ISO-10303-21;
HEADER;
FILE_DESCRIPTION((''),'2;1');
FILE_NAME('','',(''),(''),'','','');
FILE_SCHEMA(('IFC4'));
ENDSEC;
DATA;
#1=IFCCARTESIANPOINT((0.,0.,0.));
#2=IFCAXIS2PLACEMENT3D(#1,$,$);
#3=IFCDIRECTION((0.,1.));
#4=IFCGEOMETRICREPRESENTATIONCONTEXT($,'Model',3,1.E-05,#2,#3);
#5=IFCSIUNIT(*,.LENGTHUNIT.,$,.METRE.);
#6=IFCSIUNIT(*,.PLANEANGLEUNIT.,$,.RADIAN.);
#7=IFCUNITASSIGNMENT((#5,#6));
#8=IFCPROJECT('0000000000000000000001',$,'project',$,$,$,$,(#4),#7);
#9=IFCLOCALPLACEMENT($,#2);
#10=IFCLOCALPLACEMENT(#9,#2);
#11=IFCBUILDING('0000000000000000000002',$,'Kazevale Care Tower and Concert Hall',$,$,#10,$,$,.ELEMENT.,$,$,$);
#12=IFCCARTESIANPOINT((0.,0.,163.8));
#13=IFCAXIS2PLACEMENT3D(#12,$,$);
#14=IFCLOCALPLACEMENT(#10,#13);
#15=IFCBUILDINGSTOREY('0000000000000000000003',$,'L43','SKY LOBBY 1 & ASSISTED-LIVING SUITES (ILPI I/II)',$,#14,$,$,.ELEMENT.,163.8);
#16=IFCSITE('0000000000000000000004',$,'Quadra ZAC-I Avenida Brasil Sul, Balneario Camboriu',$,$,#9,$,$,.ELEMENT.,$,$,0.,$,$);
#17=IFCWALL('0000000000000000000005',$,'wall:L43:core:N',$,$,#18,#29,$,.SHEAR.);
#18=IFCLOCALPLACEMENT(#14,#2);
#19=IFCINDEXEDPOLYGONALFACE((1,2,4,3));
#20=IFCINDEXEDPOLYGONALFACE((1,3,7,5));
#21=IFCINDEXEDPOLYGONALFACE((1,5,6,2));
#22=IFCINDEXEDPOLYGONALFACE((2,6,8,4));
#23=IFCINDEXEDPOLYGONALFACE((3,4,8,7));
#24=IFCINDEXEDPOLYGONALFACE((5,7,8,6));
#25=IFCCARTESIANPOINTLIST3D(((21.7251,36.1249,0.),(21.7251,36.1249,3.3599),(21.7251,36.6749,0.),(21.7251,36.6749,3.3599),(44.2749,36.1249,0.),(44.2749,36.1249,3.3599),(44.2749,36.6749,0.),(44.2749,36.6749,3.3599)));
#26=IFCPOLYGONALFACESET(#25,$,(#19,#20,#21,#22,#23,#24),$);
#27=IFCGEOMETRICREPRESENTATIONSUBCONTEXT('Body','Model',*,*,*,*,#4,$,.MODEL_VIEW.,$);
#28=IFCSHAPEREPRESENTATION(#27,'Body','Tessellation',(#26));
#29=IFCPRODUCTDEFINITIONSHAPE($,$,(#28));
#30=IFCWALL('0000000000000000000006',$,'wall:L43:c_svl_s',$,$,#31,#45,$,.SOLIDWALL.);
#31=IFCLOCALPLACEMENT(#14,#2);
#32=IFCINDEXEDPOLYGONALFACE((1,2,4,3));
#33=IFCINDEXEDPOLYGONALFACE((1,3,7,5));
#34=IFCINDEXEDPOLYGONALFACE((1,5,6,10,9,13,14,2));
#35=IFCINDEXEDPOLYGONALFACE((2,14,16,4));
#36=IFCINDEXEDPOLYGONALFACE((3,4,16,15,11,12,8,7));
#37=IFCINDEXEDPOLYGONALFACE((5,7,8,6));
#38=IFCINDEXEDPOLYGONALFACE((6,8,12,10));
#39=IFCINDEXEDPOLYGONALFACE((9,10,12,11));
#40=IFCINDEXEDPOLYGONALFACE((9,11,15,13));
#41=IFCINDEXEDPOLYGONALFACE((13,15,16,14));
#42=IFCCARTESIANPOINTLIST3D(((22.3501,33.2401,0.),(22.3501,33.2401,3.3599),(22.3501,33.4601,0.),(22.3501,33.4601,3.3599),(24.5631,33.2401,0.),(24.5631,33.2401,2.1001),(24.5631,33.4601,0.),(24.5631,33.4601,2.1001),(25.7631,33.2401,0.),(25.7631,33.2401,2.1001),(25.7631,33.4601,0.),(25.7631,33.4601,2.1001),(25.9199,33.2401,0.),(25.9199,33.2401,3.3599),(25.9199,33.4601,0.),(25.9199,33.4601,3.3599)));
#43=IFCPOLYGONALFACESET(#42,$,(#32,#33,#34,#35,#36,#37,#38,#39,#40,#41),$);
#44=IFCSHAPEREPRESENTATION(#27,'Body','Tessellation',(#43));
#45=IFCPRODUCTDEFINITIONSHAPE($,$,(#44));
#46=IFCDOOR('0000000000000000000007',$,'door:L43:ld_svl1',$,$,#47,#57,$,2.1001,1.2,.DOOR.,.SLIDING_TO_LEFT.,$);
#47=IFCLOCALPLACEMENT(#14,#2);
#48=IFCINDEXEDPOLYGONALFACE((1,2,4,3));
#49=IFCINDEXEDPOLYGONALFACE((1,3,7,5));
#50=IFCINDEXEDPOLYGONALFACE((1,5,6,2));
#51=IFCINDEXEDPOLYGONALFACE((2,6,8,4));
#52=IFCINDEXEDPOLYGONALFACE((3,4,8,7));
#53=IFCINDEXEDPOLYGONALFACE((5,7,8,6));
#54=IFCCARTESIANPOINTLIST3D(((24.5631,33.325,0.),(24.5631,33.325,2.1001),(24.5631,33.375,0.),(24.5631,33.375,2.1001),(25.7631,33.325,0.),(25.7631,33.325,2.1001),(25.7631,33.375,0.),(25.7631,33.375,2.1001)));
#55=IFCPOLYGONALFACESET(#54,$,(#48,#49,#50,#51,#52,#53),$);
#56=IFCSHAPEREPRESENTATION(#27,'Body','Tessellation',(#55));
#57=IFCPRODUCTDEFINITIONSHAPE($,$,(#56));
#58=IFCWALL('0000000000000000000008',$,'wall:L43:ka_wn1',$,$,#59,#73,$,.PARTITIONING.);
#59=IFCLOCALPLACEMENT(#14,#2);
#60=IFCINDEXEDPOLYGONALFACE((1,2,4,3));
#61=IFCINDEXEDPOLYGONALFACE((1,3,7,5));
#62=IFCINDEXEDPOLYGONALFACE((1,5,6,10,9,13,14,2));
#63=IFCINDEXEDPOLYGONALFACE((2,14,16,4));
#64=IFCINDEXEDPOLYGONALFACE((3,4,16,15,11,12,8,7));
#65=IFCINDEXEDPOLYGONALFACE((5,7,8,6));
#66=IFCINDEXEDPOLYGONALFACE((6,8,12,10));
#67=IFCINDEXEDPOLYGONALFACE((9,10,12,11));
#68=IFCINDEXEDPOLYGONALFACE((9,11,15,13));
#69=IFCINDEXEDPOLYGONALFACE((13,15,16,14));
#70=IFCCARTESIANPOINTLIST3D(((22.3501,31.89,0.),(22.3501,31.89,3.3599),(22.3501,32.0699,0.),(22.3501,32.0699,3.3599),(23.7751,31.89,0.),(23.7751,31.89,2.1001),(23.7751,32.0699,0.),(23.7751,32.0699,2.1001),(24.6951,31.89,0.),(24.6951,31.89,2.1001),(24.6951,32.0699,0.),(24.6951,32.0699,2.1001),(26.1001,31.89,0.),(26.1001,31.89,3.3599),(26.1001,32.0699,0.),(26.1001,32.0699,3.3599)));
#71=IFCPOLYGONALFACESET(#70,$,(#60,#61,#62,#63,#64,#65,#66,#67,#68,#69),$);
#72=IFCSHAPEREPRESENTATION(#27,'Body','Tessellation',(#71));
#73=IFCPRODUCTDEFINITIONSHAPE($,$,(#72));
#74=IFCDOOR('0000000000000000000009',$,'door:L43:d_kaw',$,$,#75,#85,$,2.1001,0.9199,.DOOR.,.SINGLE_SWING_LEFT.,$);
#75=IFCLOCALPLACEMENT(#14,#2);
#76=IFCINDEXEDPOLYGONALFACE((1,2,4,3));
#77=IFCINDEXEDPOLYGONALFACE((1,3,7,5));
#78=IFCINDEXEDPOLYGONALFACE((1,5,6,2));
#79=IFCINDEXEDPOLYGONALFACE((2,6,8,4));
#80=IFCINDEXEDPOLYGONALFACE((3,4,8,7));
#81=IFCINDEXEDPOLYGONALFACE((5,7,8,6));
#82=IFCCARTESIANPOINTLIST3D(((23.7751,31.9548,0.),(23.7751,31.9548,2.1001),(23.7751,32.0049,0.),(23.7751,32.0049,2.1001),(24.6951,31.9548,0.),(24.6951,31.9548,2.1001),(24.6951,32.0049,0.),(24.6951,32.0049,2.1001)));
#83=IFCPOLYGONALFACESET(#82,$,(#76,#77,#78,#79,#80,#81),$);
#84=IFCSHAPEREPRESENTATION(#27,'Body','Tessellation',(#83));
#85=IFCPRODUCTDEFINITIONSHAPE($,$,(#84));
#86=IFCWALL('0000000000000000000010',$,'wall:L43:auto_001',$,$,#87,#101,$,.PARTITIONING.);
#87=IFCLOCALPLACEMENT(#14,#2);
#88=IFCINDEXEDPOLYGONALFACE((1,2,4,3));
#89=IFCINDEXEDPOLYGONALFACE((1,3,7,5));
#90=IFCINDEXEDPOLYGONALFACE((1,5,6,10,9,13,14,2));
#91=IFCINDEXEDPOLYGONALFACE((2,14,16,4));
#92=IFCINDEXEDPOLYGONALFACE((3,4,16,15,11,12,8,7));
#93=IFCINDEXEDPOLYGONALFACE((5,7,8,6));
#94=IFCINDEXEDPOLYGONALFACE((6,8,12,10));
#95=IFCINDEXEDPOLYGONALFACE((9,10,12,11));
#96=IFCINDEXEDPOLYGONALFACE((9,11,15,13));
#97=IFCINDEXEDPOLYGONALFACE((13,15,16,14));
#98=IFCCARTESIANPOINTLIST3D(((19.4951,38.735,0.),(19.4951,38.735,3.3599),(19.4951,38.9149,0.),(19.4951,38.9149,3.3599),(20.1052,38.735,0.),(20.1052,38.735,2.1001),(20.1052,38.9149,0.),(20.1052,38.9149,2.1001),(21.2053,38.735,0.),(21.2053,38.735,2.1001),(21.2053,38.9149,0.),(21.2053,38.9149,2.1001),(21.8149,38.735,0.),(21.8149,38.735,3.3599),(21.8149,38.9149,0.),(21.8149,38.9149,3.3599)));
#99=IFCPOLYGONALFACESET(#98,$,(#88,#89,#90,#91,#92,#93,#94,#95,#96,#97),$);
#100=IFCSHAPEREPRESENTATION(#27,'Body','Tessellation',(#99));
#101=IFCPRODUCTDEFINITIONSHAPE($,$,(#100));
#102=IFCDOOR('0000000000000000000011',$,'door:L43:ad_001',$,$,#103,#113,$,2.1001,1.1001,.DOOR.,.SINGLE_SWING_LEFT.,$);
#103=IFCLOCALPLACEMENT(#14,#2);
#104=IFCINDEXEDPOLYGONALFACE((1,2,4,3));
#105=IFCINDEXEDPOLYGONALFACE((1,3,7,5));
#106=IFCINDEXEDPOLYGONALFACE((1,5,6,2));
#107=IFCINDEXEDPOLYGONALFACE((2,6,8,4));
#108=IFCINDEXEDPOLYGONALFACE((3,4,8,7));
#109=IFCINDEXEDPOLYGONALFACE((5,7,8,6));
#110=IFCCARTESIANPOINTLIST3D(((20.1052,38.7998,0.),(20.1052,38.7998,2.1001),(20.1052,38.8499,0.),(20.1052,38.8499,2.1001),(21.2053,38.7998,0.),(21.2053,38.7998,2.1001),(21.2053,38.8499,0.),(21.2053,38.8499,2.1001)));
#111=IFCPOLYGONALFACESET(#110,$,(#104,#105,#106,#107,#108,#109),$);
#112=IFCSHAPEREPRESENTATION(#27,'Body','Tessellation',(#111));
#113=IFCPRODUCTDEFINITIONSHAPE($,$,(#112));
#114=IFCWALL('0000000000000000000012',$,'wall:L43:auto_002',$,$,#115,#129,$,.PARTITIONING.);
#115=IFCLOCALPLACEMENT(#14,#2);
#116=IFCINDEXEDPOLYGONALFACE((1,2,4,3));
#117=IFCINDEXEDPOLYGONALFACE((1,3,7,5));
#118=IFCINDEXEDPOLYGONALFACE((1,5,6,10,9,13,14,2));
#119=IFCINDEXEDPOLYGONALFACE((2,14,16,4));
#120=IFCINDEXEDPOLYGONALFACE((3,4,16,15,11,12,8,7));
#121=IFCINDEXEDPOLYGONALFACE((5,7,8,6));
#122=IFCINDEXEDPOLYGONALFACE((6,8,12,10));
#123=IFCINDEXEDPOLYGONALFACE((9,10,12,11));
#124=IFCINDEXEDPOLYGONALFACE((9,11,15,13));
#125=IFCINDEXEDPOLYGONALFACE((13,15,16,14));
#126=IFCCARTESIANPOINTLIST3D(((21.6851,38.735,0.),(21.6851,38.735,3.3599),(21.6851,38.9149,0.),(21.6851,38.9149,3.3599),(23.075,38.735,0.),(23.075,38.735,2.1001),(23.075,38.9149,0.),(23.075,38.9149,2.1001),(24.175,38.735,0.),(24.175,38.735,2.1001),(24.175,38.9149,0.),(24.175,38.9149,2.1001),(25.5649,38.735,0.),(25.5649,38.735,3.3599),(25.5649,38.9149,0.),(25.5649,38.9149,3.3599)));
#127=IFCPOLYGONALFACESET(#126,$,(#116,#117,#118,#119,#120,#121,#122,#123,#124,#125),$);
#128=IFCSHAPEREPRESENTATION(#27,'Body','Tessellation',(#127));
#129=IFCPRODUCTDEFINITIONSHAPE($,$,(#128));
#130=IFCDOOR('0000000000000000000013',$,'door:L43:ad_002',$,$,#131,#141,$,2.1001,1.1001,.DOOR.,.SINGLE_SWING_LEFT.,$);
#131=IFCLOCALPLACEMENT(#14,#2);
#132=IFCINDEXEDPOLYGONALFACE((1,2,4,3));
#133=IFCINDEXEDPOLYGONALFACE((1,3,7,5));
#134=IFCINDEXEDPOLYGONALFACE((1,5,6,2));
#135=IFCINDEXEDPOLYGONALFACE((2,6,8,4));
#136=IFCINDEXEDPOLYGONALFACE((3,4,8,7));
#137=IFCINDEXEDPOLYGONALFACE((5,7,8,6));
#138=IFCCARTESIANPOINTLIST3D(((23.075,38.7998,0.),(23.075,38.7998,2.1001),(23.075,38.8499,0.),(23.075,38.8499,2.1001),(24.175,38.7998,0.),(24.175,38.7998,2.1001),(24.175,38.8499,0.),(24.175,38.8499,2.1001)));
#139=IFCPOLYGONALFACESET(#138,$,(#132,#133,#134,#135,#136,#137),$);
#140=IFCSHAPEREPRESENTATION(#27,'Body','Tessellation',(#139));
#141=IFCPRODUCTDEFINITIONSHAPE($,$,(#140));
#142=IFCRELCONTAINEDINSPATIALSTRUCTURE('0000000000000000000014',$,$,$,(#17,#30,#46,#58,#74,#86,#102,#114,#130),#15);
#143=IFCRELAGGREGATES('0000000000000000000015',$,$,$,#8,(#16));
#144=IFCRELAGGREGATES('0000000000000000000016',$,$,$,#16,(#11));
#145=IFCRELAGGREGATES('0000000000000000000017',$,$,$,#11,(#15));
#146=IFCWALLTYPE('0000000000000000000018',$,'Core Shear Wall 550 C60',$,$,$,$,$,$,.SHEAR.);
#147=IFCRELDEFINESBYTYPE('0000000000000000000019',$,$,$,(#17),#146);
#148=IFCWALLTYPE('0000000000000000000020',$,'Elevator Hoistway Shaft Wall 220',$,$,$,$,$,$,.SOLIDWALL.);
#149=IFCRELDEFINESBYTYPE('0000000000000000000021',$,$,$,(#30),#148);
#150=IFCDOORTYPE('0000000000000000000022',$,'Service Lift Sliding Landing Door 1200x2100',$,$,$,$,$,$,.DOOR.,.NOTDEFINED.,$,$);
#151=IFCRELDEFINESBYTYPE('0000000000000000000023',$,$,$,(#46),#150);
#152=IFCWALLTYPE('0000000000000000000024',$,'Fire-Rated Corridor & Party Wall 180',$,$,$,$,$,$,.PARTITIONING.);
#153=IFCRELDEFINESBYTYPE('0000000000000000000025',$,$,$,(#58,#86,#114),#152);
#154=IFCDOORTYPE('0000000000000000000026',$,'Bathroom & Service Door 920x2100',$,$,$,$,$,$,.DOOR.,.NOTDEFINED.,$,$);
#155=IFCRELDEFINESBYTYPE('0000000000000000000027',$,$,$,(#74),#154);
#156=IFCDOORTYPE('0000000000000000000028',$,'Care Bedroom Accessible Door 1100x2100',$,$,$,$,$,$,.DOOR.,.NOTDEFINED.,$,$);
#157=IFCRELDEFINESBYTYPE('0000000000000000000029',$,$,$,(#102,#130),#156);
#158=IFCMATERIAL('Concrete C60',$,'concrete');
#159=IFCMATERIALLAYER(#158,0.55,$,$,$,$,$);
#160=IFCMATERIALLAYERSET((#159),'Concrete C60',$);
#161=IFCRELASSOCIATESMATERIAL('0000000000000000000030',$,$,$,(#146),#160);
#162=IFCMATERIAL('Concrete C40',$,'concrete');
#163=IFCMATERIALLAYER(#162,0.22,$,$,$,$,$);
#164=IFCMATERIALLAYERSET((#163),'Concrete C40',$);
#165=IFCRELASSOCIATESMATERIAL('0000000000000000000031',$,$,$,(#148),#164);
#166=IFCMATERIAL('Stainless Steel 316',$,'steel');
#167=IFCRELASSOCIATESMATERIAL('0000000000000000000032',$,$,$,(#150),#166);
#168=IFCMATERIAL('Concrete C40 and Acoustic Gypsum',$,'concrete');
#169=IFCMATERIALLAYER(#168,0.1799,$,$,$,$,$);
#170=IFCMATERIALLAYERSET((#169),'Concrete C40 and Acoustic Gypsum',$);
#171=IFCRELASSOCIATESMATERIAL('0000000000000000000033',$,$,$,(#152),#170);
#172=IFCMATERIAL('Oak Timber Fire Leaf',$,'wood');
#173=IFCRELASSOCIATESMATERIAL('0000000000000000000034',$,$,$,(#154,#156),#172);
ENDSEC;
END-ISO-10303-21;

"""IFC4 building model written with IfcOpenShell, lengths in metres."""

from ifc_helpers import new_model, si_unit, direction, frame, frame_2d, origin, place, context, subcontext, project, spatial, rectangle, extrude, material, layer, layer_set, type_object, element, fill, save


model = new_model("IFC4")

# Units and contexts
model_context = context("Model", 3, precision=1e-05, world=origin(), true_north=direction((0.0, 1.0)))
body_context = subcontext(model_context, "Body", "Model", "MODEL_VIEW")
ifc_project = project(units=[si_unit("LENGTHUNIT", "METRE"), si_unit("PLANEANGLEUNIT", "RADIAN")], contexts=[model_context])

# Site, building, storey
site_placement = place(None, origin())
site = spatial("IfcSite", under=ifc_project, at=site_placement, Name="Quadra ZAC-I Avenida Brasil Sul, Balneario Camboriu", CompositionType="ELEMENT", RefElevation=0.0)
building_placement = place(site_placement, origin())
building = spatial("IfcBuilding", under=site, at=building_placement, Name="Kazevale Care Tower and Concert Hall", CompositionType="ELEMENT")
storey_placement = place(building_placement, frame((0.0, 0.0, 163.8)))
storey = spatial("IfcBuildingStorey", under=building, at=storey_placement, Name="L43", Description="SKY LOBBY 1 & ASSISTED-LIVING SUITES (ILPI I/II)", CompositionType="ELEMENT", Elevation=163.8)

# Shared definitions
ifc_material_1 = material(Name="Concrete C60", Category="concrete")

# Wall
ifc_layer_1 = layer(ifc_material_1, 0.55)
ifc_layer_set_1 = layer_set([ifc_layer_1], Name="Concrete C60")
wall_type_1 = type_object("IfcWallType", Name="Core Shear Wall 550 C60", PredefinedType="SHEAR", material=ifc_layer_set_1)
wall_1_placement = place(storey_placement, frame((21.7251, 36.3999, 0.0), z_axis=(0.0, 0.0, 1.0), x_axis=(1.0, 0.0, 0.0)))
element("IfcWall", 1, at=wall_1_placement, inside=storey, type_object=wall_type_1, Name="wall:L43:core:N", PredefinedType="SHEAR", context=body_context, shape_type="SweptSolid", body=[
    extrude(rectangle(XDim=22.5498, YDim=0.55, at=frame_2d((11.2749, 0.0))), origin(), (0.0, 0.0, 1.0), 3.3599),
])

# Walls, openings, doors
ifc_material_2 = material(Name="Concrete C40", Category="concrete")
ifc_layer_2 = layer(ifc_material_2, 0.22)
ifc_layer_set_2 = layer_set([ifc_layer_2], Name="Concrete C40")
wall_type_2 = type_object("IfcWallType", Name="Elevator Hoistway Shaft Wall 220", PredefinedType="SOLIDWALL", material=ifc_layer_set_2)
wall_2_placement = place(storey_placement, frame((22.3501, 33.3501, 0.0), z_axis=(0.0, 0.0, 1.0), x_axis=(1.0, 0.0, 0.0)))
wall_2 = element("IfcWall", 2, at=wall_2_placement, inside=storey, type_object=wall_type_2, Name="wall:L43:c_svl_s", PredefinedType="SOLIDWALL", context=body_context, shape_type="SweptSolid", body=[
    extrude(rectangle(XDim=3.5698, YDim=0.22, at=frame_2d((1.7849, 0.0))), origin(), (0.0, 0.0, 1.0), 3.3599),
])
opening_1_placement = place(wall_2_placement, frame((2.2129, 0.0, 0.0)))
opening_1 = element("IfcOpeningElement", 3, at=opening_1_placement, cuts=wall_2, PredefinedType="OPENING", context=body_context, shape_type="SweptSolid", body=[
    extrude(rectangle(XDim=1.2, YDim=2.1001, at=frame_2d((0.6001, 1.05))), frame((0.0, 0.1199, 0.0), z_axis=(0.0, -1.0, 0.0), x_axis=(1.0, 0.0, 0.0)), (0.0, 0.0, 1.0), 0.24),
])
ifc_material_3 = material(Name="Stainless Steel 316", Category="steel")
door_type_1 = type_object("IfcDoorType", Name="Service Lift Sliding Landing Door 1200x2100", OperationType="NOTDEFINED", PredefinedType="DOOR", material=ifc_material_3)
door_1_placement = place(opening_1_placement, origin())
door_1 = element("IfcDoor", 4, at=door_1_placement, inside=storey, type_object=door_type_1, Name="door:L43:ld_svl1", OperationType="SLIDING_TO_LEFT", OverallHeight=2.1001, OverallWidth=1.2, PredefinedType="DOOR", context=body_context, shape_type="SweptSolid", body=[
    extrude(rectangle(XDim=1.2, YDim=2.1001, at=frame_2d((0.6001, 1.05))), frame((0.0, 0.0249, 0.0), z_axis=(0.0, -1.0, 0.0), x_axis=(1.0, 0.0, 0.0)), (0.0, 0.0, 1.0), 0.05),
])
fill(opening_1, door_1)
ifc_material_4 = material(Name="Concrete C40 and Acoustic Gypsum", Category="concrete")
ifc_layer_3 = layer(ifc_material_4, 0.1799)
ifc_layer_set_3 = layer_set([ifc_layer_3], Name="Concrete C40 and Acoustic Gypsum")
wall_type_3 = type_object("IfcWallType", Name="Fire-Rated Corridor & Party Wall 180", PredefinedType="PARTITIONING", material=ifc_layer_set_3)
wall_3_placement = place(storey_placement, frame((22.3501, 31.98, 0.0), z_axis=(0.0, 0.0, 1.0), x_axis=(1.0, 0.0, 0.0)))
wall_3 = element("IfcWall", 5, at=wall_3_placement, inside=storey, type_object=wall_type_3, Name="wall:L43:ka_wn1", PredefinedType="PARTITIONING", context=body_context, shape_type="SweptSolid", body=[
    extrude(rectangle(XDim=3.75, YDim=0.1799, at=frame_2d((1.875, 0.0))), origin(), (0.0, 0.0, 1.0), 3.3599),
])
opening_2_placement = place(wall_3_placement, frame((1.425, 0.0, 0.0)))
opening_2 = element("IfcOpeningElement", 6, at=opening_2_placement, cuts=wall_3, PredefinedType="OPENING", context=body_context, shape_type="SweptSolid", body=[
    extrude(rectangle(XDim=0.9199, YDim=2.1001, at=frame_2d((0.46, 1.05))), frame((0.0, 0.0999, 0.0), z_axis=(0.0, -1.0, 0.0), x_axis=(1.0, 0.0, 0.0)), (0.0, 0.0, 1.0), 0.2),
])
ifc_material_5 = material(Name="Oak Timber Fire Leaf", Category="wood")
door_type_2 = type_object("IfcDoorType", Name="Bathroom & Service Door 920x2100", OperationType="NOTDEFINED", PredefinedType="DOOR", material=ifc_material_5)
door_2_placement = place(opening_2_placement, origin())
door_2 = element("IfcDoor", 7, at=door_2_placement, inside=storey, type_object=door_type_2, Name="door:L43:d_kaw", OperationType="SINGLE_SWING_LEFT", OverallHeight=2.1001, OverallWidth=0.9199, PredefinedType="DOOR", context=body_context, shape_type="SweptSolid", body=[
    extrude(rectangle(XDim=0.9199, YDim=2.1001, at=frame_2d((0.46, 1.05))), frame((0.0, 0.0249, 0.0), z_axis=(0.0, -1.0, 0.0), x_axis=(1.0, 0.0, 0.0)), (0.0, 0.0, 1.0), 0.05),
])
fill(opening_2, door_2)
wall_4_placement = place(storey_placement, frame((19.4951, 38.825, 0.0), z_axis=(0.0, 0.0, 1.0), x_axis=(1.0, 0.0, 0.0)))
wall_4 = element("IfcWall", 8, at=wall_4_placement, inside=storey, type_object=wall_type_3, Name="wall:L43:auto_001", PredefinedType="PARTITIONING", context=body_context, shape_type="SweptSolid", body=[
    extrude(rectangle(XDim=2.3198, YDim=0.1799, at=frame_2d((1.1599, 0.0))), origin(), (0.0, 0.0, 1.0), 3.3599),
])
opening_3_placement = place(wall_4_placement, frame((0.6101, 0.0, 0.0)))
opening_3 = element("IfcOpeningElement", 9, at=opening_3_placement, cuts=wall_4, PredefinedType="OPENING", context=body_context, shape_type="SweptSolid", body=[
    extrude(rectangle(XDim=1.1001, YDim=2.1001, at=frame_2d((0.55, 1.05))), frame((0.0, 0.0999, 0.0), z_axis=(0.0, -1.0, 0.0), x_axis=(1.0, 0.0, 0.0)), (0.0, 0.0, 1.0), 0.2),
])
door_type_3 = type_object("IfcDoorType", Name="Care Bedroom Accessible Door 1100x2100", OperationType="NOTDEFINED", PredefinedType="DOOR", material=ifc_material_5)
door_3_placement = place(opening_3_placement, origin())
door_3 = element("IfcDoor", 10, at=door_3_placement, inside=storey, type_object=door_type_3, Name="door:L43:ad_001", OperationType="SINGLE_SWING_LEFT", OverallHeight=2.1001, OverallWidth=1.1001, PredefinedType="DOOR", context=body_context, shape_type="SweptSolid", body=[
    extrude(rectangle(XDim=1.1001, YDim=2.1001, at=frame_2d((0.55, 1.05))), frame((0.0, 0.0249, 0.0), z_axis=(0.0, -1.0, 0.0), x_axis=(1.0, 0.0, 0.0)), (0.0, 0.0, 1.0), 0.05),
])
fill(opening_3, door_3)
wall_5_placement = place(storey_placement, frame((21.6851, 38.825, 0.0), z_axis=(0.0, 0.0, 1.0), x_axis=(1.0, 0.0, 0.0)))
wall_5 = element("IfcWall", 11, at=wall_5_placement, inside=storey, type_object=wall_type_3, Name="wall:L43:auto_002", PredefinedType="PARTITIONING", context=body_context, shape_type="SweptSolid", body=[
    extrude(rectangle(XDim=3.8799, YDim=0.1799, at=frame_2d((1.9399, 0.0))), origin(), (0.0, 0.0, 1.0), 3.3599),
])
opening_4_placement = place(wall_5_placement, frame((1.3899, 0.0, 0.0)))
opening_4 = element("IfcOpeningElement", 12, at=opening_4_placement, cuts=wall_5, PredefinedType="OPENING", context=body_context, shape_type="SweptSolid", body=[
    extrude(rectangle(XDim=1.1001, YDim=2.1001, at=frame_2d((0.55, 1.05))), frame((0.0, 0.0999, 0.0), z_axis=(0.0, -1.0, 0.0), x_axis=(1.0, 0.0, 0.0)), (0.0, 0.0, 1.0), 0.2),
])
door_4_placement = place(opening_4_placement, origin())
door_4 = element("IfcDoor", 13, at=door_4_placement, inside=storey, type_object=door_type_3, Name="door:L43:ad_002", OperationType="SINGLE_SWING_LEFT", OverallHeight=2.1001, OverallWidth=1.1001, PredefinedType="DOOR", context=body_context, shape_type="SweptSolid", body=[
    extrude(rectangle(XDim=1.1001, YDim=2.1001, at=frame_2d((0.55, 1.05))), frame((0.0, 0.0249, 0.0), z_axis=(0.0, -1.0, 0.0), x_axis=(1.0, 0.0, 0.0)), (0.0, 0.0, 1.0), 0.05),
])
fill(opening_4, door_4)

save(model, "model.ifc")
